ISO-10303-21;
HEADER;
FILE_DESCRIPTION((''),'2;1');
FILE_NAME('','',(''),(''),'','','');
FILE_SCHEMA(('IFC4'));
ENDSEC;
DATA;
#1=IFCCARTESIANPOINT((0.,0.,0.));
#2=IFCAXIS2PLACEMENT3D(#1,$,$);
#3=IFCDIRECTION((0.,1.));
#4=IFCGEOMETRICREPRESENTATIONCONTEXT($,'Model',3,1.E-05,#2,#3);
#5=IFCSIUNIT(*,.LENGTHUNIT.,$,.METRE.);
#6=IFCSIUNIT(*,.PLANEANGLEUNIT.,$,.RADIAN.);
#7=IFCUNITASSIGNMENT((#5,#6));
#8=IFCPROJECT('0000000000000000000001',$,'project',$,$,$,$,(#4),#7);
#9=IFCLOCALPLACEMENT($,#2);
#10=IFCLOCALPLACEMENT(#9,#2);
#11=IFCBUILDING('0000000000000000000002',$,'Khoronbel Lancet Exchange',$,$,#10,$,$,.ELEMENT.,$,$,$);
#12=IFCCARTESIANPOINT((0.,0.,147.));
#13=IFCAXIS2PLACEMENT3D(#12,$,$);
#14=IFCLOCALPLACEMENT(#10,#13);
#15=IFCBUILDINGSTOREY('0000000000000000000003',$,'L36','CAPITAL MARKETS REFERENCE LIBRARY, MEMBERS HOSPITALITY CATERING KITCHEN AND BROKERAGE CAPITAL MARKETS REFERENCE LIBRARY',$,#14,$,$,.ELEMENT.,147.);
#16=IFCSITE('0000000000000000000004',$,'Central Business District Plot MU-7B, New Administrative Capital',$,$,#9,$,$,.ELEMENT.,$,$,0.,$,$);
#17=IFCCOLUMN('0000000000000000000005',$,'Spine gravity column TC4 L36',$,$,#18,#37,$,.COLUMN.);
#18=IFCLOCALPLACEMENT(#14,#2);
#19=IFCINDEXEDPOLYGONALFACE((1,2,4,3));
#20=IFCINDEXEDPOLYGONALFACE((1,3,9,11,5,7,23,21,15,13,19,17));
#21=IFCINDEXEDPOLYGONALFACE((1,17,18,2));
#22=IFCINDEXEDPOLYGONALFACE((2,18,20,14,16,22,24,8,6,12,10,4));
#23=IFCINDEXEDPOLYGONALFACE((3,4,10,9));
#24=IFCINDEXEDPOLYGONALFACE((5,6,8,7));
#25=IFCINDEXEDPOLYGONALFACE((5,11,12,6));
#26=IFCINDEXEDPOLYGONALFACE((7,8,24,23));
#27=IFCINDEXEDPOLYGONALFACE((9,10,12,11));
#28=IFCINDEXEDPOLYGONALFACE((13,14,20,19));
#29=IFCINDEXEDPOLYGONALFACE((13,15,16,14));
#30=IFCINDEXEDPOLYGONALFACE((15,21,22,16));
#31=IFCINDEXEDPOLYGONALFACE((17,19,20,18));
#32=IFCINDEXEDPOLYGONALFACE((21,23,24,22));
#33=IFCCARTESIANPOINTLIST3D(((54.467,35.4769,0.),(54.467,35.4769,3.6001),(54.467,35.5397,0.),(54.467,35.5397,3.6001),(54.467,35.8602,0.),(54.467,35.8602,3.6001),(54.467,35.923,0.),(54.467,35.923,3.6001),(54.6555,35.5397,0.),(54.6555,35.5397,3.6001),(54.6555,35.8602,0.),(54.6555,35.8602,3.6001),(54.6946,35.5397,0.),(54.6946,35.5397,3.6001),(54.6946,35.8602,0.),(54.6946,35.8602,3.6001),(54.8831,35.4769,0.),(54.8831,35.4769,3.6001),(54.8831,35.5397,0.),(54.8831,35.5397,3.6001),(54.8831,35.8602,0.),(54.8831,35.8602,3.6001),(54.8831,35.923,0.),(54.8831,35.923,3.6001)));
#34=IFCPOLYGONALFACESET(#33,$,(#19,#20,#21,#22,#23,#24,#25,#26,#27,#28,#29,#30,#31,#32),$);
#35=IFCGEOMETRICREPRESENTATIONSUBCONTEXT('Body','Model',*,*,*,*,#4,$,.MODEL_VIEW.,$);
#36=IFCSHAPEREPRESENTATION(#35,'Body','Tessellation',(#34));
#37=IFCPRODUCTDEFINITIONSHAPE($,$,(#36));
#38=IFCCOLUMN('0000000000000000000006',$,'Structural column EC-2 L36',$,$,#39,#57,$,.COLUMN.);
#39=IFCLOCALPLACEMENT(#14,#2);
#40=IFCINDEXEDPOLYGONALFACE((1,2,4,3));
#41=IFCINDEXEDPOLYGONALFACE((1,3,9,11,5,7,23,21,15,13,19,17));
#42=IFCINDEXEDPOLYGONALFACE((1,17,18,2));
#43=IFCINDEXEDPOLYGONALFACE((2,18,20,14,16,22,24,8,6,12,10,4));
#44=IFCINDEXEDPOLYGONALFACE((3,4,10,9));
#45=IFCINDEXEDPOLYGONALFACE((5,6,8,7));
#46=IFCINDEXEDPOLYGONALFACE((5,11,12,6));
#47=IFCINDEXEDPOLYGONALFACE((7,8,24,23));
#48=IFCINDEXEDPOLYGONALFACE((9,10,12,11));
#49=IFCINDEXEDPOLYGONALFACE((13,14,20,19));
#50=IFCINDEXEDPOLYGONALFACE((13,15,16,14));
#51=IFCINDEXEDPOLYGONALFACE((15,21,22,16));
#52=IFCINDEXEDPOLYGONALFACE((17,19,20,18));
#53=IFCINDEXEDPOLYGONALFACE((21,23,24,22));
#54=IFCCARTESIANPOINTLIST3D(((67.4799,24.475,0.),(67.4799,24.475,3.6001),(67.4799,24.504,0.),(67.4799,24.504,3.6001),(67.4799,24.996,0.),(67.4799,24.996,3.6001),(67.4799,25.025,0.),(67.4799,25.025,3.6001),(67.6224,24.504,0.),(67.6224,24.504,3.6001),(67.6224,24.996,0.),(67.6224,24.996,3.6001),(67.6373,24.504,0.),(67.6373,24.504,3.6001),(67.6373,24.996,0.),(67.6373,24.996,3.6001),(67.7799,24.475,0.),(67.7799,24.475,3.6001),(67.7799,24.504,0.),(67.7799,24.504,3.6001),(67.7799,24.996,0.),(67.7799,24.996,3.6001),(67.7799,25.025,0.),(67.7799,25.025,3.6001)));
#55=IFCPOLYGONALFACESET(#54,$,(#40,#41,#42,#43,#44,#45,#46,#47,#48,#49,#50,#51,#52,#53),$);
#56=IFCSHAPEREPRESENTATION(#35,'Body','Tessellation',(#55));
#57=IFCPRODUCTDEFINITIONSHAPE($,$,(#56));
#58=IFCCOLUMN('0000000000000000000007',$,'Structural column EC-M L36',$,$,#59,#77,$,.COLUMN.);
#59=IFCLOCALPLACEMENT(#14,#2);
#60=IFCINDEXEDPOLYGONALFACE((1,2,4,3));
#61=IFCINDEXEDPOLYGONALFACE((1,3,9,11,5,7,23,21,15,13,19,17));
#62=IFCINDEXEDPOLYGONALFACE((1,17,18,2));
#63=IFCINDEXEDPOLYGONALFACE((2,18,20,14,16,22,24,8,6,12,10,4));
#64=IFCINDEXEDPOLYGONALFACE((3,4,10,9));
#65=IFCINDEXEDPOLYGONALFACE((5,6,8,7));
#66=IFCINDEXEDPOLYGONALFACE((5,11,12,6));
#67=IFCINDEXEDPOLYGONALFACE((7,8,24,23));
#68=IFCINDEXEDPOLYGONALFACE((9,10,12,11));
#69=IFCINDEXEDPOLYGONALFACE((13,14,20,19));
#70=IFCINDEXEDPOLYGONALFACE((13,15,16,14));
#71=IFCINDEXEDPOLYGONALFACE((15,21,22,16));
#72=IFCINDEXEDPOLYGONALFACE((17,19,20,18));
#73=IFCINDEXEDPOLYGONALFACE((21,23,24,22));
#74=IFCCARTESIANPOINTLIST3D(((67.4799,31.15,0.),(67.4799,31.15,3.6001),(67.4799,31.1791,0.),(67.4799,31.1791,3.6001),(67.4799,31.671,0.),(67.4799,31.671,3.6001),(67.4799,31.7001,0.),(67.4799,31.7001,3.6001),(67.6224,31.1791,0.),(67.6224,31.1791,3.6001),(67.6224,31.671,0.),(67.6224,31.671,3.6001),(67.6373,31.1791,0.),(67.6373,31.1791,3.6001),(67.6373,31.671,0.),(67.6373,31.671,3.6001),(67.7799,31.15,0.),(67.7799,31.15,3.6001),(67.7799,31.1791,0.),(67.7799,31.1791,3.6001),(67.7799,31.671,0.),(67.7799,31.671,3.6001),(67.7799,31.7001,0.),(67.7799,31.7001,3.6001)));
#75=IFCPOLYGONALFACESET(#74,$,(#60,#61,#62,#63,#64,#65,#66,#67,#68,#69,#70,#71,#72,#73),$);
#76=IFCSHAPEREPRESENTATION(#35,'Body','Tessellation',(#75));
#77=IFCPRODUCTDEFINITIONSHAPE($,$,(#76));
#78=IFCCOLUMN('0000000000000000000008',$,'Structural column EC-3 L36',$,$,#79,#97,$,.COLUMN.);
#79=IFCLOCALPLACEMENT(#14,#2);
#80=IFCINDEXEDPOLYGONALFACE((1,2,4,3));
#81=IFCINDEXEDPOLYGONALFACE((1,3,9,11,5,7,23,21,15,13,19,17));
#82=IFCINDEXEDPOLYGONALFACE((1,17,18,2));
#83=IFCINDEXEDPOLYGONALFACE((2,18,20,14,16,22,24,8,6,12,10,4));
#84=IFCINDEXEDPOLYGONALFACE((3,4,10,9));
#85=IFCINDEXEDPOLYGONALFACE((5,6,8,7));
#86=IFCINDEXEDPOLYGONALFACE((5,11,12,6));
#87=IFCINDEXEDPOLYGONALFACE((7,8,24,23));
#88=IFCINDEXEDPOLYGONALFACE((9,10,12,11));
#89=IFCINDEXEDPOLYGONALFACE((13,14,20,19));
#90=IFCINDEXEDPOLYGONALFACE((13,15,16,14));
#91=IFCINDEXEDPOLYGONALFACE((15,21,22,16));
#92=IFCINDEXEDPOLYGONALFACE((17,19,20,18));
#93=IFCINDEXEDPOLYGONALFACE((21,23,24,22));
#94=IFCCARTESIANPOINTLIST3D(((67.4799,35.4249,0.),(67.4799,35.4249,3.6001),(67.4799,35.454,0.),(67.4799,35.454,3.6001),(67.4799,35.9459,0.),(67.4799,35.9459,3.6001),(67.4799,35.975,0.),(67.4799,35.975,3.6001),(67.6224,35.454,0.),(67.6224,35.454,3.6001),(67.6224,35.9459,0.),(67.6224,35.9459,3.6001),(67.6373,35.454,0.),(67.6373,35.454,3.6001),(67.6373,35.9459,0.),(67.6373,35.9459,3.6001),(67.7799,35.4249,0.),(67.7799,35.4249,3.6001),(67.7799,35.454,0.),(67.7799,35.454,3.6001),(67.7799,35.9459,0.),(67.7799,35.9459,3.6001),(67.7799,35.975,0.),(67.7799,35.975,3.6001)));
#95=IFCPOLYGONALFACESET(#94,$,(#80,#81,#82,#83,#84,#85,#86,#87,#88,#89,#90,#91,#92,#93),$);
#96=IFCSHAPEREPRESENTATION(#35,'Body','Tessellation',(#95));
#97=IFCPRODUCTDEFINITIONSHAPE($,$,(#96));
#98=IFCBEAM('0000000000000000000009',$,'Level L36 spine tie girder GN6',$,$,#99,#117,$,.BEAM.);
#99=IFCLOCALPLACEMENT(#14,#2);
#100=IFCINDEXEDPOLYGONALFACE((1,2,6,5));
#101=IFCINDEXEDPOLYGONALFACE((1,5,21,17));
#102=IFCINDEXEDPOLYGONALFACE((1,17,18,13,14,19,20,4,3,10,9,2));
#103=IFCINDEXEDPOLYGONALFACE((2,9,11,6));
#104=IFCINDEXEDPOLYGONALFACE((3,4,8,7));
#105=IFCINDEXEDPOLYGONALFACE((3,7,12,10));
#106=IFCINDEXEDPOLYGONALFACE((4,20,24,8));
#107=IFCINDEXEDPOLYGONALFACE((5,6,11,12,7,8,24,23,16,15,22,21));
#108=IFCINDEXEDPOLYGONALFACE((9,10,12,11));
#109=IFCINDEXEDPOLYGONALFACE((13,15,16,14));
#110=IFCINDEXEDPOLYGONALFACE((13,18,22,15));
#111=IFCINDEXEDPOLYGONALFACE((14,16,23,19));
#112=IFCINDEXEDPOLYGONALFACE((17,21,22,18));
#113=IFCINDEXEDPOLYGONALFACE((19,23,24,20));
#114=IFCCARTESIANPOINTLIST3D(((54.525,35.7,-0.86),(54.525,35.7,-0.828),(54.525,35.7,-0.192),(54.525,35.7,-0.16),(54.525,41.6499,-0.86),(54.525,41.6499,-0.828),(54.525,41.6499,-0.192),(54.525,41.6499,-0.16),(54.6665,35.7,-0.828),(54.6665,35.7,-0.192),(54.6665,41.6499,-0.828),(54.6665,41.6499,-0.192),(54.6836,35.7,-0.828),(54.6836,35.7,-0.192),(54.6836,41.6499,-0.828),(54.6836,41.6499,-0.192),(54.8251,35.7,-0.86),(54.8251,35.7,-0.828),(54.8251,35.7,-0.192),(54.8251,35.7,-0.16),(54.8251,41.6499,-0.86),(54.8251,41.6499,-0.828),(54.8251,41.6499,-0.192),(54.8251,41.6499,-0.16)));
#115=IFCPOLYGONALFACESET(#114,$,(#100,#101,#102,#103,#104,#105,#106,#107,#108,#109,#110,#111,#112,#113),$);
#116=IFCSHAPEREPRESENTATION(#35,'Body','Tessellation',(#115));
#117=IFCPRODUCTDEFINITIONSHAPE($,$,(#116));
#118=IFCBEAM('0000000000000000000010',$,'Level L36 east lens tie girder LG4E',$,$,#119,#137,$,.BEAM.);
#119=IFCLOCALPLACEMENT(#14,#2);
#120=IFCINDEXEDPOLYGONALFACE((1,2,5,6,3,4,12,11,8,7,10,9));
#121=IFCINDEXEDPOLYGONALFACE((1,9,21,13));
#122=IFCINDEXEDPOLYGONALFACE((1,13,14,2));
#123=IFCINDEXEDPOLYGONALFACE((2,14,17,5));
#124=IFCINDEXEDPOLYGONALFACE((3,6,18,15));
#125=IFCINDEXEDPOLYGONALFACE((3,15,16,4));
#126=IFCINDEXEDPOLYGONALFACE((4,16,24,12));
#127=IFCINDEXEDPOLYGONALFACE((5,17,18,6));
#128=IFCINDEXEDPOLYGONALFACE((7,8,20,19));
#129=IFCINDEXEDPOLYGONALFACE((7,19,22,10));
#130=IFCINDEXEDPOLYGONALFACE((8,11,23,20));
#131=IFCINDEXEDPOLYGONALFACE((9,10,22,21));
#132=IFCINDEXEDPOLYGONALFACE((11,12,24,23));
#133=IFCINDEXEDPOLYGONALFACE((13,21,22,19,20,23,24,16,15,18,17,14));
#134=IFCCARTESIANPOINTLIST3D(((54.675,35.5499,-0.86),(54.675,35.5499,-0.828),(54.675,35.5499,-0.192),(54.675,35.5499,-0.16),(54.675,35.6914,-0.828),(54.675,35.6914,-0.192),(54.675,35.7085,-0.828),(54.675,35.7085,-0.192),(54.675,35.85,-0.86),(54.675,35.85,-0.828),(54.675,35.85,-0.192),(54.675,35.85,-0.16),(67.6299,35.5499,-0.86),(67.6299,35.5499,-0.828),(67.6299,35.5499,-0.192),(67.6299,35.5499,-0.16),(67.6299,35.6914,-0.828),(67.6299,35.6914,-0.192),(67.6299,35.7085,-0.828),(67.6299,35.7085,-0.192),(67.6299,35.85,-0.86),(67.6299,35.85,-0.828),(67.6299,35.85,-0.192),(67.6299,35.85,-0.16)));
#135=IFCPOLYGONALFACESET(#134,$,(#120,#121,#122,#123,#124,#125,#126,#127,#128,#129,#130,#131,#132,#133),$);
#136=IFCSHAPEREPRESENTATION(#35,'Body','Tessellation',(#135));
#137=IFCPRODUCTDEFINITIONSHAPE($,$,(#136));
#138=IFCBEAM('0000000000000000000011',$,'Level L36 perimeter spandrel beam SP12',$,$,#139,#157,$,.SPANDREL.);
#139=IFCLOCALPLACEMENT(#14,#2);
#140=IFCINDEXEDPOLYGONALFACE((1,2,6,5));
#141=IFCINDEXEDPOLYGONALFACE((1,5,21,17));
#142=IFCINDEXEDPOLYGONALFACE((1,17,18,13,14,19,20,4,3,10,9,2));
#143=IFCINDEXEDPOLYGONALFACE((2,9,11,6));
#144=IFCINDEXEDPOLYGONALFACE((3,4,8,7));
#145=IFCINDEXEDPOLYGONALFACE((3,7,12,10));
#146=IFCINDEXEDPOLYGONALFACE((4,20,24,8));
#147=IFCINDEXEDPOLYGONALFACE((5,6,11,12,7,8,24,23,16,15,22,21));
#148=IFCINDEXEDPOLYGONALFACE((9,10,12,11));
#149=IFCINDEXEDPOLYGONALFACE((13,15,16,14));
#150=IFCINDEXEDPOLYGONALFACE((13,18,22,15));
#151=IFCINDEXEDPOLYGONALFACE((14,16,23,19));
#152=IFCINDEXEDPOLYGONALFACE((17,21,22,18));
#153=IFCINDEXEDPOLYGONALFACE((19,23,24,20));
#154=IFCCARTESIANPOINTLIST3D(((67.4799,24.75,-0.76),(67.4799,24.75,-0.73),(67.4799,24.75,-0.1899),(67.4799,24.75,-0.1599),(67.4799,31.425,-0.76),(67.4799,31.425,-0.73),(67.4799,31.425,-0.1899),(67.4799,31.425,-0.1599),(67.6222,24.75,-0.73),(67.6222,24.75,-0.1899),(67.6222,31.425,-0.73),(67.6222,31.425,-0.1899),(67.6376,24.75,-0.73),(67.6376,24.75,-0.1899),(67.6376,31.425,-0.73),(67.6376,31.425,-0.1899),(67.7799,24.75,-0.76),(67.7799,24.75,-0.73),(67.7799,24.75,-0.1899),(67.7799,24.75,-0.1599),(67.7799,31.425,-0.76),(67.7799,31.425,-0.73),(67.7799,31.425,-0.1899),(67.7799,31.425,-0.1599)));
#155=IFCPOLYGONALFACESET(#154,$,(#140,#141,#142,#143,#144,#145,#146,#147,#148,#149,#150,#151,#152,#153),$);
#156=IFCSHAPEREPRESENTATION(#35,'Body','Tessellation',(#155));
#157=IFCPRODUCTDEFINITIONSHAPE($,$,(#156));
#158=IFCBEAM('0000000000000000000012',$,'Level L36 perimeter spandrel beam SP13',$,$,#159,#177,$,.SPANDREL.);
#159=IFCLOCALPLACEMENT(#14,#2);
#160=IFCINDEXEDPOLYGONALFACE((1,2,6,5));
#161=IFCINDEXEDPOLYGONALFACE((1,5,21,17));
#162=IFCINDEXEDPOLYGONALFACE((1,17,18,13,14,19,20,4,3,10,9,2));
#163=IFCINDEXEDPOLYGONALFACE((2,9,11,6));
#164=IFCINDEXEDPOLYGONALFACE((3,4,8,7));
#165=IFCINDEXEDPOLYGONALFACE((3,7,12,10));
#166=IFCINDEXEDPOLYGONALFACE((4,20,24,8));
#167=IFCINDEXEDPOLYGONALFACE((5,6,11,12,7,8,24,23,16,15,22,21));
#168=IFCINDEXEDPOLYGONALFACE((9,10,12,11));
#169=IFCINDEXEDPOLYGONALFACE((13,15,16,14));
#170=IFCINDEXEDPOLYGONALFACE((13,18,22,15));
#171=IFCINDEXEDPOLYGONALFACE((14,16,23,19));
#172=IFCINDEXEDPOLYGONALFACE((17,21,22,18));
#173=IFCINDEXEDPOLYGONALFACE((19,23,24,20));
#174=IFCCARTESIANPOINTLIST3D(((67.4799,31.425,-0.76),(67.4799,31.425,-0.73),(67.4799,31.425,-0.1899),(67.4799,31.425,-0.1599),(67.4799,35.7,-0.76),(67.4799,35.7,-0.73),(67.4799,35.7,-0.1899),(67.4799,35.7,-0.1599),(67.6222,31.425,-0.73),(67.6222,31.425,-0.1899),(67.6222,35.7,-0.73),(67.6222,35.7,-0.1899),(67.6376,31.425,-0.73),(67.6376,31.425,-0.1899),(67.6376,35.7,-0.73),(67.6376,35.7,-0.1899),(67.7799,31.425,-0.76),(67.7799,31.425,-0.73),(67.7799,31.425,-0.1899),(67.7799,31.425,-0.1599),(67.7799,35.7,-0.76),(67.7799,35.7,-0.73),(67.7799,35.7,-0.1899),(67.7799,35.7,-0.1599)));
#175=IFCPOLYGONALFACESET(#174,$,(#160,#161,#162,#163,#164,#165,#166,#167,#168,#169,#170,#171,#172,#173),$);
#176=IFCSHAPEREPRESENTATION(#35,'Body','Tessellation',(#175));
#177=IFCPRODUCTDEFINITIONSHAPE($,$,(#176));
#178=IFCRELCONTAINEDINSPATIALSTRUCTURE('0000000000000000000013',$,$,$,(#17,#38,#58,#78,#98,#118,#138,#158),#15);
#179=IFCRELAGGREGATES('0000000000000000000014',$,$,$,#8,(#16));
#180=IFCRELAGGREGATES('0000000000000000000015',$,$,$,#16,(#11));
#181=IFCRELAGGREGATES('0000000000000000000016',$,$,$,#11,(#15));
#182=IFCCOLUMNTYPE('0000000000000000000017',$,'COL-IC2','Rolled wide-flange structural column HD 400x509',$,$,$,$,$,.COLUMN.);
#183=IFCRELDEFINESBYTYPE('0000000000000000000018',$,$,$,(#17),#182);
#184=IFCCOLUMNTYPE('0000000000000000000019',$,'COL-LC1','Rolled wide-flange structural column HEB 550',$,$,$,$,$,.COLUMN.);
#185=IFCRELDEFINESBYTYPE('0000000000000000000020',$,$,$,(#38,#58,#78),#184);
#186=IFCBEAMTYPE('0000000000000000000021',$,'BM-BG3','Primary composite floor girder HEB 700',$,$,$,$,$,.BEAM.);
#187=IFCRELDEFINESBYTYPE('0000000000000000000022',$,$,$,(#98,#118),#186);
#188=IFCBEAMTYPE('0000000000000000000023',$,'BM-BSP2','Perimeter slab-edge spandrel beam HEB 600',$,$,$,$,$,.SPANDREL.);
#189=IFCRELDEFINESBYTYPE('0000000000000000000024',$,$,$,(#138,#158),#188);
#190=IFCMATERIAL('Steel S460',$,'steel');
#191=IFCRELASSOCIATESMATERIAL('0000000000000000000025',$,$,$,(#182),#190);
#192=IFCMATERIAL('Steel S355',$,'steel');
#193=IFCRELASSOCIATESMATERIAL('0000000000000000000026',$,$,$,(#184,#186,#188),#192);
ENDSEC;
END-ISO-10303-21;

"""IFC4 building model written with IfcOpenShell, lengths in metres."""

from ifc_helpers import new_model, si_unit, direction, frame, origin, origin_2d, place, context, subcontext, project, spatial, i_section, extrude, material, material_profile, profile_set, type_object, element, save


model = new_model("IFC4")

# Units and contexts
model_context = context("Model", 3, precision=1e-05, world=origin(), true_north=direction((0.0, 1.0)))
body_context = subcontext(model_context, "Body", "Model", "MODEL_VIEW")
ifc_project = project(units=[si_unit("LENGTHUNIT", "METRE"), si_unit("PLANEANGLEUNIT", "RADIAN")], contexts=[model_context])

# Site, building, storey
site_placement = place(None, origin())
site = spatial("IfcSite", under=ifc_project, at=site_placement, Name="Central Business District Plot MU-7B, New Administrative Capital", CompositionType="ELEMENT", RefElevation=0.0)
building_placement = place(site_placement, origin())
building = spatial("IfcBuilding", under=site, at=building_placement, Name="Khoronbel Lancet Exchange", CompositionType="ELEMENT")
storey_placement = place(building_placement, frame((0.0, 0.0, 147.0)))
storey = spatial("IfcBuildingStorey", under=building, at=storey_placement, Name="L36", Description="CAPITAL MARKETS REFERENCE LIBRARY, MEMBERS HOSPITALITY CATERING KITCHEN AND BROKERAGE CAPITAL MARKETS REFERENCE LIBRARY", CompositionType="ELEMENT", Elevation=147.0)

# Columns
ifc_material_1 = material(Name="Steel S460", Category="steel")
ifc_material_profile_1 = material_profile(ifc_material_1, i_section(OverallWidth=0.416, OverallDepth=0.446, WebThickness=0.0391, FlangeThickness=0.0627, at=origin_2d()), Name="HD 400x509")
ifc_profile_set_1 = profile_set([ifc_material_profile_1], Name="Steel S460")
column_type_1 = type_object("IfcColumnType", Name="COL-IC2", Description="Rolled wide-flange structural column HD 400x509", PredefinedType="COLUMN", material=ifc_profile_set_1)
column_placement = place(storey_placement, frame((54.675, 35.7, 0.0), z_axis=(0.0, 0.0, 1.0), x_axis=(1.0, 0.0, 0.0)))
element("IfcColumn", 1, at=column_placement, inside=storey, type_object=column_type_1, Name="Spine gravity column TC4 L36", PredefinedType="COLUMN", context=body_context, shape_type="SweptSolid", body=[
    extrude(i_section(OverallWidth=0.416, OverallDepth=0.446, WebThickness=0.0391, FlangeThickness=0.0627, at=origin_2d()), origin(), (0.0, 0.0, 1.0), 3.6001),
])
ifc_material_2 = material(Name="Steel S355", Category="steel")
ifc_material_profile_2 = material_profile(ifc_material_2, i_section(OverallWidth=0.3, OverallDepth=0.55, WebThickness=0.0149, FlangeThickness=0.0291, at=origin_2d()), Name="HEB 550")
ifc_profile_set_2 = profile_set([ifc_material_profile_2], Name="Steel S355")
column_type_2 = type_object("IfcColumnType", Name="COL-LC1", Description="Rolled wide-flange structural column HEB 550", PredefinedType="COLUMN", material=ifc_profile_set_2)
for number, where, z_axis, x_axis, name in (
    (2, (67.6299, 24.75, 0.0), (0.0, 0.0, 1.0), (1.0, 0.0, 0.0), "Structural column EC-2 L36"),
    (3, (67.6299, 31.425, 0.0), (0.0, 0.0, 1.0), (1.0, 0.0, 0.0), "Structural column EC-M L36"),
    (4, (67.6299, 35.7, 0.0), (0.0, 0.0, 1.0), (1.0, 0.0, 0.0), "Structural column EC-3 L36"),
):
    element("IfcColumn", number, at=place(storey_placement, frame(where, z_axis=z_axis, x_axis=x_axis)), inside=storey, type_object=column_type_2, Name=name, PredefinedType="COLUMN", context=body_context, shape_type="SweptSolid", body=[
        extrude(i_section(OverallWidth=0.3, OverallDepth=0.55, WebThickness=0.0149, FlangeThickness=0.0291, at=origin_2d()), origin(), (0.0, 0.0, 1.0), 3.6001),
    ])

# Beams
ifc_material_profile_3 = material_profile(ifc_material_2, i_section(OverallWidth=0.3, OverallDepth=0.7, WebThickness=0.0171, FlangeThickness=0.032, at=origin_2d()), Name="HEB 700")
ifc_profile_set_3 = profile_set([ifc_material_profile_3], Name="Steel S355")
beam_type_1 = type_object("IfcBeamType", Name="BM-BG3", Description="Primary composite floor girder HEB 700", PredefinedType="BEAM", material=ifc_profile_set_3)
beam_1_placement = place(storey_placement, frame((54.675, 35.7, -0.51), z_axis=(0.0, 1.0, 0.0), x_axis=(-1.0, 0.0, 0.0)))
element("IfcBeam", 5, at=beam_1_placement, inside=storey, type_object=beam_type_1, Name="Level L36 spine tie girder GN6", PredefinedType="BEAM", context=body_context, shape_type="SweptSolid", body=[
    extrude(i_section(OverallWidth=0.3, OverallDepth=0.7, WebThickness=0.0171, FlangeThickness=0.032, at=origin_2d()), origin(), (0.0, 0.0, 1.0), 5.95),
])
beam_2_placement = place(storey_placement, frame((54.675, 35.7, -0.51), z_axis=(1.0, 0.0, 0.0), x_axis=(0.0, 1.0, 0.0)))
element("IfcBeam", 6, at=beam_2_placement, inside=storey, type_object=beam_type_1, Name="Level L36 east lens tie girder LG4E", PredefinedType="BEAM", context=body_context, shape_type="SweptSolid", body=[
    extrude(i_section(OverallWidth=0.3, OverallDepth=0.7, WebThickness=0.0171, FlangeThickness=0.032, at=origin_2d()), origin(), (0.0, 0.0, 1.0), 12.9548),
])
ifc_material_profile_4 = material_profile(ifc_material_2, i_section(OverallWidth=0.3, OverallDepth=0.6001, WebThickness=0.0154, FlangeThickness=0.03, at=origin_2d()), Name="HEB 600")
ifc_profile_set_4 = profile_set([ifc_material_profile_4], Name="Steel S355")
beam_type_2 = type_object("IfcBeamType", Name="BM-BSP2", Description="Perimeter slab-edge spandrel beam HEB 600", PredefinedType="SPANDREL", material=ifc_profile_set_4)
beam_3_placement = place(storey_placement, frame((67.6299, 24.75, -0.46), z_axis=(0.0, 1.0, 0.0), x_axis=(-1.0, 0.0, 0.0)))
element("IfcBeam", 7, at=beam_3_placement, inside=storey, type_object=beam_type_2, Name="Level L36 perimeter spandrel beam SP12", PredefinedType="SPANDREL", context=body_context, shape_type="SweptSolid", body=[
    extrude(i_section(OverallWidth=0.3, OverallDepth=0.6001, WebThickness=0.0154, FlangeThickness=0.03, at=origin_2d()), origin(), (0.0, 0.0, 1.0), 6.675),
])
beam_4_placement = place(storey_placement, frame((67.6299, 31.425, -0.46), z_axis=(0.0, 1.0, 0.0), x_axis=(-1.0, 0.0, 0.0)))
element("IfcBeam", 8, at=beam_4_placement, inside=storey, type_object=beam_type_2, Name="Level L36 perimeter spandrel beam SP13", PredefinedType="SPANDREL", context=body_context, shape_type="SweptSolid", body=[
    extrude(i_section(OverallWidth=0.3, OverallDepth=0.6001, WebThickness=0.0154, FlangeThickness=0.03, at=origin_2d()), origin(), (0.0, 0.0, 1.0), 4.2749),
])

save(model, "model.ifc")
